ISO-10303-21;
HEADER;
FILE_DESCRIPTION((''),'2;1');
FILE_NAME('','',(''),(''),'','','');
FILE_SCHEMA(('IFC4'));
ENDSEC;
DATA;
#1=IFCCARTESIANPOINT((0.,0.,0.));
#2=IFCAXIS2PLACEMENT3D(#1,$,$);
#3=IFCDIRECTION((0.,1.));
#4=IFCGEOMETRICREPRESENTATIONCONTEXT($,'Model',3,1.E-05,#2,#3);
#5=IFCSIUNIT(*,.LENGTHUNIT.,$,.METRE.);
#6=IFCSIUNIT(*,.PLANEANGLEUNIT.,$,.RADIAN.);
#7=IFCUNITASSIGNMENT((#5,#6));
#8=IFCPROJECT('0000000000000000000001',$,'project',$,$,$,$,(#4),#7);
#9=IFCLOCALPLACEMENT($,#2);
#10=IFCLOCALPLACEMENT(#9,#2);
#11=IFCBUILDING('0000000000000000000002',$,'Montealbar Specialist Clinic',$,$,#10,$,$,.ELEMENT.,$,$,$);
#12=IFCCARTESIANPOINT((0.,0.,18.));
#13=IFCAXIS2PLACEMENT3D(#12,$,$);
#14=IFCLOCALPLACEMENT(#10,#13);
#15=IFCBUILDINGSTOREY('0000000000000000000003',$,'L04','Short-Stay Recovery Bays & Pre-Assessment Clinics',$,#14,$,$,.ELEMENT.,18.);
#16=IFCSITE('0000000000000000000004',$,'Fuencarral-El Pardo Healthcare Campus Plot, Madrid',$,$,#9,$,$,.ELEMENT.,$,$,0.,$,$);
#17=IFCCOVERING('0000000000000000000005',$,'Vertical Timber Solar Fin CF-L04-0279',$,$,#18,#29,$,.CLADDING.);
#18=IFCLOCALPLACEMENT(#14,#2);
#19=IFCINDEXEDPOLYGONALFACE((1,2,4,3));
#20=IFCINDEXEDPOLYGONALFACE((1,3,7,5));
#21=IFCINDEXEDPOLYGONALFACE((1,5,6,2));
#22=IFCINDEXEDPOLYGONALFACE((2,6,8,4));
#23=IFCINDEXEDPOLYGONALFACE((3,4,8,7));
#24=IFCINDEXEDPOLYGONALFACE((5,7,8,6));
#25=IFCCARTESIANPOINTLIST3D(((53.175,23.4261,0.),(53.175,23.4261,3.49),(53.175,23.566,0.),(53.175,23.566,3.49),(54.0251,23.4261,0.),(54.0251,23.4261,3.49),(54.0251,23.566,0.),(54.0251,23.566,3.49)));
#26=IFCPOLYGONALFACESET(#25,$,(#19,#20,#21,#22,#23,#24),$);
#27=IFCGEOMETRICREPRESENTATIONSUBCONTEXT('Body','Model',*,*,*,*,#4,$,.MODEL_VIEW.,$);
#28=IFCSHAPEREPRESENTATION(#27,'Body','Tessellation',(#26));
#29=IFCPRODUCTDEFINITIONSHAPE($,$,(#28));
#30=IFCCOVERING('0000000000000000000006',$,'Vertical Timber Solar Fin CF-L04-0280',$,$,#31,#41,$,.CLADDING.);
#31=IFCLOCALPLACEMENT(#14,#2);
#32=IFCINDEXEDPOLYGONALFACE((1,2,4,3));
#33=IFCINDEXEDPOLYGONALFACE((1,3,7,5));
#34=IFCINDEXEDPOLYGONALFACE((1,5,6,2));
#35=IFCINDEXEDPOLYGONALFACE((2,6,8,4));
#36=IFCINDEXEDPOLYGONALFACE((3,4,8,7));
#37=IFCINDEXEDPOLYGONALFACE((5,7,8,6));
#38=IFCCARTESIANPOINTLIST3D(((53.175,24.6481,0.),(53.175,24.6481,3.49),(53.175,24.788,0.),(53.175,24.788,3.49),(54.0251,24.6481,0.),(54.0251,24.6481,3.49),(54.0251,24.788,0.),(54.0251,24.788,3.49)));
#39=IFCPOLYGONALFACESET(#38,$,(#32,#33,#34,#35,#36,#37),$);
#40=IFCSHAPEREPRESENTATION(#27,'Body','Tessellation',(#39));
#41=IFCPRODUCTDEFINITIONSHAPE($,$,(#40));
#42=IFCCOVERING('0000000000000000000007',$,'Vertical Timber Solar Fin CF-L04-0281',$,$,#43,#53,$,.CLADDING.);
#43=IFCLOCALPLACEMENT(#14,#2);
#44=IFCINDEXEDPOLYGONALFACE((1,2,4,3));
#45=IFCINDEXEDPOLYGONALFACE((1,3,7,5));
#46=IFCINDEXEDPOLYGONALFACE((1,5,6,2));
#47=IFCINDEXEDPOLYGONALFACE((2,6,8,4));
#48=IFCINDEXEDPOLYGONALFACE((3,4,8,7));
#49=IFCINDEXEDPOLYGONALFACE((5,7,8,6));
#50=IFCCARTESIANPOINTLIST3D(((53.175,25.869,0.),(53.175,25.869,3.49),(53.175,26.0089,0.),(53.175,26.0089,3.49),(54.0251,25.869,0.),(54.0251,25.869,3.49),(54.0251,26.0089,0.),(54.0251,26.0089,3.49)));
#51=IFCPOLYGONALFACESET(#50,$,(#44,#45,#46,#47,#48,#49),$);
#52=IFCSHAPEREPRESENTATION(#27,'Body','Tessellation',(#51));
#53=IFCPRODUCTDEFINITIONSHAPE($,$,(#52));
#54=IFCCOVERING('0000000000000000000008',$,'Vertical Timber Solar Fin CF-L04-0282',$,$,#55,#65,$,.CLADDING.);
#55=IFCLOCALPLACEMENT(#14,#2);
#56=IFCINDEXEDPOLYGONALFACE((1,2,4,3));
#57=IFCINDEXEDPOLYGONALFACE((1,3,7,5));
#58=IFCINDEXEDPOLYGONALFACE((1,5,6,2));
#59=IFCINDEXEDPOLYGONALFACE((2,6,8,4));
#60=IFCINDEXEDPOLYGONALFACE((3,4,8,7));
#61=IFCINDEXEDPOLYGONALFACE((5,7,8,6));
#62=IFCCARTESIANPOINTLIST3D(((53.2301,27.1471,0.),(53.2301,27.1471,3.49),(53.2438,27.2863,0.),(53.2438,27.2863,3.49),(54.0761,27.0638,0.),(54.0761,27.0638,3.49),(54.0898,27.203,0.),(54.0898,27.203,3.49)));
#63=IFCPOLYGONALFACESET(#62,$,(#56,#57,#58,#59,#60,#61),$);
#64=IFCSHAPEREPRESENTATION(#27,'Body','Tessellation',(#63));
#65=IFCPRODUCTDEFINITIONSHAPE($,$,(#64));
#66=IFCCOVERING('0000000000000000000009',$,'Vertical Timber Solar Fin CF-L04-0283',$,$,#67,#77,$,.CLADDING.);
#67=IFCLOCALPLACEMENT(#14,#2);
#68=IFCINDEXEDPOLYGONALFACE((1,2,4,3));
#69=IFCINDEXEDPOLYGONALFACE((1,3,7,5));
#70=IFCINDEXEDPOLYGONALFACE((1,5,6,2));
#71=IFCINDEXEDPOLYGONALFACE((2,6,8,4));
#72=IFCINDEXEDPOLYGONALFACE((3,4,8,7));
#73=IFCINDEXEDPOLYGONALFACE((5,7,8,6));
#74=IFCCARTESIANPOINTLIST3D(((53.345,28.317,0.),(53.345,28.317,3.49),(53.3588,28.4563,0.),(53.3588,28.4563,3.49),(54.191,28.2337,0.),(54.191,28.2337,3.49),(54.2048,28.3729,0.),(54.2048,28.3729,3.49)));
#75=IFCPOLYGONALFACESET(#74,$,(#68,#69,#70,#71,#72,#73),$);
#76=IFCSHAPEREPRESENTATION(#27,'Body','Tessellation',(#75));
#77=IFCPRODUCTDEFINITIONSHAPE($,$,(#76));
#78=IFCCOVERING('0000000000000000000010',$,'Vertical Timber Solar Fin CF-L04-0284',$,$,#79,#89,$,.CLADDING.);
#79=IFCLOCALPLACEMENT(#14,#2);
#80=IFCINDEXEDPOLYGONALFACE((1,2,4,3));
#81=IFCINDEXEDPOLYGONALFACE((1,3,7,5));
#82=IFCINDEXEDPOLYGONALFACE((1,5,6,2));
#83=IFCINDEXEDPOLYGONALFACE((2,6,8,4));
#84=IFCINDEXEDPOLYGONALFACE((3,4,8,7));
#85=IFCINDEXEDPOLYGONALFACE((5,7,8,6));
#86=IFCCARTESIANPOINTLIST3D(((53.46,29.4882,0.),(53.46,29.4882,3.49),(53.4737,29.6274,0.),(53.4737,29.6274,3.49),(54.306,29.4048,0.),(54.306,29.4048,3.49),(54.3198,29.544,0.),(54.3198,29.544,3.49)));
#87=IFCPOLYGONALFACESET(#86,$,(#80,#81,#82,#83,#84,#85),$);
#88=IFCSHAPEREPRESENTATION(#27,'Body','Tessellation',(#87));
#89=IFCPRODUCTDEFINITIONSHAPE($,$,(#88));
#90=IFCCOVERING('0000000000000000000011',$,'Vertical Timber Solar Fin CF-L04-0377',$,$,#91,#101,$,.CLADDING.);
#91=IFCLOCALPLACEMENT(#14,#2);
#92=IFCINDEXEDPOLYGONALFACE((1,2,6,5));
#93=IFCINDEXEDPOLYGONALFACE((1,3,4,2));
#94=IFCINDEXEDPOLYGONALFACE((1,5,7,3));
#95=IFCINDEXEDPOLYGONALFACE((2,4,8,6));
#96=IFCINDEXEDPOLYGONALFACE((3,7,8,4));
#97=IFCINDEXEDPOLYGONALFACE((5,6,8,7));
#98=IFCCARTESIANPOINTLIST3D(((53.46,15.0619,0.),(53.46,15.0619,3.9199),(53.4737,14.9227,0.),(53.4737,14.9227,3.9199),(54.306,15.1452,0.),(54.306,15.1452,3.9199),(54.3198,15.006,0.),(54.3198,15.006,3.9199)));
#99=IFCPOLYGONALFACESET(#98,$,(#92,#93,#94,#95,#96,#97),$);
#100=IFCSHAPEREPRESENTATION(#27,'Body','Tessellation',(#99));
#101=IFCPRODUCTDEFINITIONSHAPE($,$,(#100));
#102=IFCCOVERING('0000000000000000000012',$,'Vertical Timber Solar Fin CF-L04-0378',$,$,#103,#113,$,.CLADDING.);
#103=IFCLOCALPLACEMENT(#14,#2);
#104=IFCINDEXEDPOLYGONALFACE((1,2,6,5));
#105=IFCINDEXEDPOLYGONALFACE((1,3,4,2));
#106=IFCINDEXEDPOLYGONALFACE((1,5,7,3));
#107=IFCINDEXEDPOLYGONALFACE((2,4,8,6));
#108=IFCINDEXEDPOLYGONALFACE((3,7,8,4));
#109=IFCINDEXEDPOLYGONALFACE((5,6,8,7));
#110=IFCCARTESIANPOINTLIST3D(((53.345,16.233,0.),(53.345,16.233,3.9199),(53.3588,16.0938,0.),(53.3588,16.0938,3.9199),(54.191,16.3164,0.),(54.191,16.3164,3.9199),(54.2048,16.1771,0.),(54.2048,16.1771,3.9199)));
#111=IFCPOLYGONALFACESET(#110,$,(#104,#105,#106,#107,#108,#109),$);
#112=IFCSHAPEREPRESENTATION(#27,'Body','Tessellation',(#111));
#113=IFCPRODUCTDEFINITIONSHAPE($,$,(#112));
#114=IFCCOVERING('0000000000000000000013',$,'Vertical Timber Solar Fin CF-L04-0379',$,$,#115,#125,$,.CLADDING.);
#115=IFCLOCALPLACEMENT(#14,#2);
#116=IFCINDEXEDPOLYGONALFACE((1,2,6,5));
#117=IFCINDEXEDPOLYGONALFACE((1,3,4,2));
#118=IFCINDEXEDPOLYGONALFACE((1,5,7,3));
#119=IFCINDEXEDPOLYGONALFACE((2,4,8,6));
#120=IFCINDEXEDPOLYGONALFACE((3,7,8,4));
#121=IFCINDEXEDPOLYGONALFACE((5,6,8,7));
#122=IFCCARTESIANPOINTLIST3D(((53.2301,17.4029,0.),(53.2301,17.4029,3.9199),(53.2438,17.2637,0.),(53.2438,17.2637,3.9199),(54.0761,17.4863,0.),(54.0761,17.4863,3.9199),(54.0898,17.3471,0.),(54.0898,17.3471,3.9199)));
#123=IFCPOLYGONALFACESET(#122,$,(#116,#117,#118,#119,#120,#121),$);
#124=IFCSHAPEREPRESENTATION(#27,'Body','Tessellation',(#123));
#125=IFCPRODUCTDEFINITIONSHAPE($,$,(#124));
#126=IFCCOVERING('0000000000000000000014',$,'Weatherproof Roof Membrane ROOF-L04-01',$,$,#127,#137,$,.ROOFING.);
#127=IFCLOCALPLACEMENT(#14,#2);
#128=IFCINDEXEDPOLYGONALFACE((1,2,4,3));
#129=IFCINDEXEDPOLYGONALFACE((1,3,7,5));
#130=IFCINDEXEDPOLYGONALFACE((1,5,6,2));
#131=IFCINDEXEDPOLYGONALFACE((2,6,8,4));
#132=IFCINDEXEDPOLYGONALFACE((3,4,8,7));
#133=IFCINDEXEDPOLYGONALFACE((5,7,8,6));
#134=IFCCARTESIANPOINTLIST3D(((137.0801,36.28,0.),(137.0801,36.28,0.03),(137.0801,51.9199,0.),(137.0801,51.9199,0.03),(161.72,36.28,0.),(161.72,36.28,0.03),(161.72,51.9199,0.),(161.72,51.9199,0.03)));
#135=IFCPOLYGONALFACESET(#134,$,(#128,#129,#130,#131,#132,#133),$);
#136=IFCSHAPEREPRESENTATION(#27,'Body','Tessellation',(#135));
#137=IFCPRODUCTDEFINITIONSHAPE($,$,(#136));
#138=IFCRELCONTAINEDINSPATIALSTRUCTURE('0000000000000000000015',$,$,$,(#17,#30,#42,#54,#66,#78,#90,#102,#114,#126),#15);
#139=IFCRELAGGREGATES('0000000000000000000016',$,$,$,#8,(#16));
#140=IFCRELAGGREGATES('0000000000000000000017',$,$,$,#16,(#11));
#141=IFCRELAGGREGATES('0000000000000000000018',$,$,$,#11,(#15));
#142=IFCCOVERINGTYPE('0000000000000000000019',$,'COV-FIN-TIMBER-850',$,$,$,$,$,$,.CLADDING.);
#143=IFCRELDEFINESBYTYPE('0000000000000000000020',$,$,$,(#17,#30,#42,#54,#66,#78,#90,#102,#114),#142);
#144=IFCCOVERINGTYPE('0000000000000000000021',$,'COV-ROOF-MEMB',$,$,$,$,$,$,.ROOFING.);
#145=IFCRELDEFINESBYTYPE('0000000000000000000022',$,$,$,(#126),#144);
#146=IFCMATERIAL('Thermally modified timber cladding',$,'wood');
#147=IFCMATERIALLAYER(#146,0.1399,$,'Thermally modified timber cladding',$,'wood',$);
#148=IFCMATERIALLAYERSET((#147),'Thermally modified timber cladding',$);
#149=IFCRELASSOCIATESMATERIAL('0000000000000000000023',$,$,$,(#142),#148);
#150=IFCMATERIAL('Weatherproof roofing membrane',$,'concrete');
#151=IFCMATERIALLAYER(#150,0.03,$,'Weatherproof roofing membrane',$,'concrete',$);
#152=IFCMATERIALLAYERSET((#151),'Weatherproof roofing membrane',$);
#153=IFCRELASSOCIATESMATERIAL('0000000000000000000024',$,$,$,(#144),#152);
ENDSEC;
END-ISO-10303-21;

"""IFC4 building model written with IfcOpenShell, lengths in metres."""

from ifc_helpers import new_model, si_unit, direction, frame, origin, origin_2d, place, context, subcontext, project, spatial, polyline, rectangle, outline, extrude, material, layer, layer_set, type_object, element, save


model = new_model("IFC4")

# Units and contexts
model_context = context("Model", 3, precision=1e-05, world=origin(), true_north=direction((0.0, 1.0)))
body_context = subcontext(model_context, "Body", "Model", "MODEL_VIEW")
ifc_project = project(units=[si_unit("LENGTHUNIT", "METRE"), si_unit("PLANEANGLEUNIT", "RADIAN")], contexts=[model_context])

# Site, building, storey
site_placement = place(None, origin())
site = spatial("IfcSite", under=ifc_project, at=site_placement, Name="Fuencarral-El Pardo Healthcare Campus Plot, Madrid", CompositionType="ELEMENT", RefElevation=0.0)
building_placement = place(site_placement, origin())
building = spatial("IfcBuilding", under=site, at=building_placement, Name="Montealbar Specialist Clinic", CompositionType="ELEMENT")
storey_placement = place(building_placement, frame((0.0, 0.0, 18.0)))
storey = spatial("IfcBuildingStorey", under=building, at=storey_placement, Name="L04", Description="Short-Stay Recovery Bays & Pre-Assessment Clinics", CompositionType="ELEMENT", Elevation=18.0)

# Shared definitions
ifc_material_1 = material(Name="Weatherproof roofing membrane", Category="concrete")

# Coverings
ifc_material_2 = material(Name="Thermally modified timber cladding", Category="wood")
ifc_layer_1 = layer(ifc_material_2, 0.1399, Name="Thermally modified timber cladding", Category="wood")
ifc_layer_set_1 = layer_set([ifc_layer_1], Name="Thermally modified timber cladding")
covering_type_1 = type_object("IfcCoveringType", Name="COV-FIN-TIMBER-850", PredefinedType="CLADDING", material=ifc_layer_set_1)
for number, where, z_axis, x_axis, name in (
    (1, (53.6001, 23.4961, 0.0), (0.0, 0.0, 1.0), (-1.0, 0.0, 0.0), "Vertical Timber Solar Fin CF-L04-0279"),
    (2, (53.6001, 24.718, 0.0), (0.0, 0.0, 1.0), (-1.0, 0.0, 0.0), "Vertical Timber Solar Fin CF-L04-0280"),
    (3, (53.6001, 25.939, 0.0), (0.0, 0.0, 1.0), (-1.0, 0.0, 0.0), "Vertical Timber Solar Fin CF-L04-0281"),
    (4, (53.6599, 27.175, 0.0), (0.0, 0.0, 1.0), (-0.995182, 0.098045, 0.0), "Vertical Timber Solar Fin CF-L04-0282"),
    (5, (53.7749, 28.345, 0.0), (0.0, 0.0, 1.0), (-0.995182, 0.098045, 0.0), "Vertical Timber Solar Fin CF-L04-0283"),
    (6, (53.8899, 29.5161, 0.0), (0.0, 0.0, 1.0), (-0.995182, 0.098045, 0.0), "Vertical Timber Solar Fin CF-L04-0284"),
):
    element("IfcCovering", number, at=place(storey_placement, frame(where, z_axis=z_axis, x_axis=x_axis)), inside=storey, type_object=covering_type_1, Name=name, PredefinedType="CLADDING", context=body_context, shape_type="SweptSolid", body=[
        extrude(rectangle(XDim=0.8501, YDim=0.1399, at=origin_2d()), origin(), (0.0, 0.0, 1.0), 3.49),
    ])
for number, where, z_axis, x_axis, name in (
    (7, (53.8899, 15.0339, 0.0), (0.0, 0.0, 1.0), (-0.995182, -0.098045, 0.0), "Vertical Timber Solar Fin CF-L04-0377"),
    (8, (53.7749, 16.2051, 0.0), (0.0, 0.0, 1.0), (-0.995182, -0.098045, 0.0), "Vertical Timber Solar Fin CF-L04-0378"),
    (9, (53.6599, 17.375, 0.0), (0.0, 0.0, 1.0), (-0.995182, -0.098045, 0.0), "Vertical Timber Solar Fin CF-L04-0379"),
):
    element("IfcCovering", number, at=place(storey_placement, frame(where, z_axis=z_axis, x_axis=x_axis)), inside=storey, type_object=covering_type_1, Name=name, PredefinedType="CLADDING", context=body_context, shape_type="SweptSolid", body=[
        extrude(rectangle(XDim=0.8501, YDim=0.1399, at=origin_2d()), origin(), (0.0, 0.0, 1.0), 3.9199),
    ])
ifc_layer_2 = layer(ifc_material_1, 0.03, Name="Weatherproof roofing membrane", Category="concrete")
ifc_layer_set_2 = layer_set([ifc_layer_2], Name="Weatherproof roofing membrane")
covering_type_2 = type_object("IfcCoveringType", Name="COV-ROOF-MEMB", PredefinedType="ROOFING", material=ifc_layer_set_2)
covering_placement = place(storey_placement, origin())
element("IfcCovering", 10, at=covering_placement, inside=storey, type_object=covering_type_2, Name="Weatherproof Roof Membrane ROOF-L04-01", PredefinedType="ROOFING", context=body_context, shape_type="SweptSolid", body=[
    extrude(outline(polyline([(161.72, 51.9199), (161.72, 36.28), (137.0801, 36.28), (137.0801, 51.9199), (161.72, 51.9199)])), origin(), (0.0, 0.0, 1.0), 0.03),
])

save(model, "model.ifc")
